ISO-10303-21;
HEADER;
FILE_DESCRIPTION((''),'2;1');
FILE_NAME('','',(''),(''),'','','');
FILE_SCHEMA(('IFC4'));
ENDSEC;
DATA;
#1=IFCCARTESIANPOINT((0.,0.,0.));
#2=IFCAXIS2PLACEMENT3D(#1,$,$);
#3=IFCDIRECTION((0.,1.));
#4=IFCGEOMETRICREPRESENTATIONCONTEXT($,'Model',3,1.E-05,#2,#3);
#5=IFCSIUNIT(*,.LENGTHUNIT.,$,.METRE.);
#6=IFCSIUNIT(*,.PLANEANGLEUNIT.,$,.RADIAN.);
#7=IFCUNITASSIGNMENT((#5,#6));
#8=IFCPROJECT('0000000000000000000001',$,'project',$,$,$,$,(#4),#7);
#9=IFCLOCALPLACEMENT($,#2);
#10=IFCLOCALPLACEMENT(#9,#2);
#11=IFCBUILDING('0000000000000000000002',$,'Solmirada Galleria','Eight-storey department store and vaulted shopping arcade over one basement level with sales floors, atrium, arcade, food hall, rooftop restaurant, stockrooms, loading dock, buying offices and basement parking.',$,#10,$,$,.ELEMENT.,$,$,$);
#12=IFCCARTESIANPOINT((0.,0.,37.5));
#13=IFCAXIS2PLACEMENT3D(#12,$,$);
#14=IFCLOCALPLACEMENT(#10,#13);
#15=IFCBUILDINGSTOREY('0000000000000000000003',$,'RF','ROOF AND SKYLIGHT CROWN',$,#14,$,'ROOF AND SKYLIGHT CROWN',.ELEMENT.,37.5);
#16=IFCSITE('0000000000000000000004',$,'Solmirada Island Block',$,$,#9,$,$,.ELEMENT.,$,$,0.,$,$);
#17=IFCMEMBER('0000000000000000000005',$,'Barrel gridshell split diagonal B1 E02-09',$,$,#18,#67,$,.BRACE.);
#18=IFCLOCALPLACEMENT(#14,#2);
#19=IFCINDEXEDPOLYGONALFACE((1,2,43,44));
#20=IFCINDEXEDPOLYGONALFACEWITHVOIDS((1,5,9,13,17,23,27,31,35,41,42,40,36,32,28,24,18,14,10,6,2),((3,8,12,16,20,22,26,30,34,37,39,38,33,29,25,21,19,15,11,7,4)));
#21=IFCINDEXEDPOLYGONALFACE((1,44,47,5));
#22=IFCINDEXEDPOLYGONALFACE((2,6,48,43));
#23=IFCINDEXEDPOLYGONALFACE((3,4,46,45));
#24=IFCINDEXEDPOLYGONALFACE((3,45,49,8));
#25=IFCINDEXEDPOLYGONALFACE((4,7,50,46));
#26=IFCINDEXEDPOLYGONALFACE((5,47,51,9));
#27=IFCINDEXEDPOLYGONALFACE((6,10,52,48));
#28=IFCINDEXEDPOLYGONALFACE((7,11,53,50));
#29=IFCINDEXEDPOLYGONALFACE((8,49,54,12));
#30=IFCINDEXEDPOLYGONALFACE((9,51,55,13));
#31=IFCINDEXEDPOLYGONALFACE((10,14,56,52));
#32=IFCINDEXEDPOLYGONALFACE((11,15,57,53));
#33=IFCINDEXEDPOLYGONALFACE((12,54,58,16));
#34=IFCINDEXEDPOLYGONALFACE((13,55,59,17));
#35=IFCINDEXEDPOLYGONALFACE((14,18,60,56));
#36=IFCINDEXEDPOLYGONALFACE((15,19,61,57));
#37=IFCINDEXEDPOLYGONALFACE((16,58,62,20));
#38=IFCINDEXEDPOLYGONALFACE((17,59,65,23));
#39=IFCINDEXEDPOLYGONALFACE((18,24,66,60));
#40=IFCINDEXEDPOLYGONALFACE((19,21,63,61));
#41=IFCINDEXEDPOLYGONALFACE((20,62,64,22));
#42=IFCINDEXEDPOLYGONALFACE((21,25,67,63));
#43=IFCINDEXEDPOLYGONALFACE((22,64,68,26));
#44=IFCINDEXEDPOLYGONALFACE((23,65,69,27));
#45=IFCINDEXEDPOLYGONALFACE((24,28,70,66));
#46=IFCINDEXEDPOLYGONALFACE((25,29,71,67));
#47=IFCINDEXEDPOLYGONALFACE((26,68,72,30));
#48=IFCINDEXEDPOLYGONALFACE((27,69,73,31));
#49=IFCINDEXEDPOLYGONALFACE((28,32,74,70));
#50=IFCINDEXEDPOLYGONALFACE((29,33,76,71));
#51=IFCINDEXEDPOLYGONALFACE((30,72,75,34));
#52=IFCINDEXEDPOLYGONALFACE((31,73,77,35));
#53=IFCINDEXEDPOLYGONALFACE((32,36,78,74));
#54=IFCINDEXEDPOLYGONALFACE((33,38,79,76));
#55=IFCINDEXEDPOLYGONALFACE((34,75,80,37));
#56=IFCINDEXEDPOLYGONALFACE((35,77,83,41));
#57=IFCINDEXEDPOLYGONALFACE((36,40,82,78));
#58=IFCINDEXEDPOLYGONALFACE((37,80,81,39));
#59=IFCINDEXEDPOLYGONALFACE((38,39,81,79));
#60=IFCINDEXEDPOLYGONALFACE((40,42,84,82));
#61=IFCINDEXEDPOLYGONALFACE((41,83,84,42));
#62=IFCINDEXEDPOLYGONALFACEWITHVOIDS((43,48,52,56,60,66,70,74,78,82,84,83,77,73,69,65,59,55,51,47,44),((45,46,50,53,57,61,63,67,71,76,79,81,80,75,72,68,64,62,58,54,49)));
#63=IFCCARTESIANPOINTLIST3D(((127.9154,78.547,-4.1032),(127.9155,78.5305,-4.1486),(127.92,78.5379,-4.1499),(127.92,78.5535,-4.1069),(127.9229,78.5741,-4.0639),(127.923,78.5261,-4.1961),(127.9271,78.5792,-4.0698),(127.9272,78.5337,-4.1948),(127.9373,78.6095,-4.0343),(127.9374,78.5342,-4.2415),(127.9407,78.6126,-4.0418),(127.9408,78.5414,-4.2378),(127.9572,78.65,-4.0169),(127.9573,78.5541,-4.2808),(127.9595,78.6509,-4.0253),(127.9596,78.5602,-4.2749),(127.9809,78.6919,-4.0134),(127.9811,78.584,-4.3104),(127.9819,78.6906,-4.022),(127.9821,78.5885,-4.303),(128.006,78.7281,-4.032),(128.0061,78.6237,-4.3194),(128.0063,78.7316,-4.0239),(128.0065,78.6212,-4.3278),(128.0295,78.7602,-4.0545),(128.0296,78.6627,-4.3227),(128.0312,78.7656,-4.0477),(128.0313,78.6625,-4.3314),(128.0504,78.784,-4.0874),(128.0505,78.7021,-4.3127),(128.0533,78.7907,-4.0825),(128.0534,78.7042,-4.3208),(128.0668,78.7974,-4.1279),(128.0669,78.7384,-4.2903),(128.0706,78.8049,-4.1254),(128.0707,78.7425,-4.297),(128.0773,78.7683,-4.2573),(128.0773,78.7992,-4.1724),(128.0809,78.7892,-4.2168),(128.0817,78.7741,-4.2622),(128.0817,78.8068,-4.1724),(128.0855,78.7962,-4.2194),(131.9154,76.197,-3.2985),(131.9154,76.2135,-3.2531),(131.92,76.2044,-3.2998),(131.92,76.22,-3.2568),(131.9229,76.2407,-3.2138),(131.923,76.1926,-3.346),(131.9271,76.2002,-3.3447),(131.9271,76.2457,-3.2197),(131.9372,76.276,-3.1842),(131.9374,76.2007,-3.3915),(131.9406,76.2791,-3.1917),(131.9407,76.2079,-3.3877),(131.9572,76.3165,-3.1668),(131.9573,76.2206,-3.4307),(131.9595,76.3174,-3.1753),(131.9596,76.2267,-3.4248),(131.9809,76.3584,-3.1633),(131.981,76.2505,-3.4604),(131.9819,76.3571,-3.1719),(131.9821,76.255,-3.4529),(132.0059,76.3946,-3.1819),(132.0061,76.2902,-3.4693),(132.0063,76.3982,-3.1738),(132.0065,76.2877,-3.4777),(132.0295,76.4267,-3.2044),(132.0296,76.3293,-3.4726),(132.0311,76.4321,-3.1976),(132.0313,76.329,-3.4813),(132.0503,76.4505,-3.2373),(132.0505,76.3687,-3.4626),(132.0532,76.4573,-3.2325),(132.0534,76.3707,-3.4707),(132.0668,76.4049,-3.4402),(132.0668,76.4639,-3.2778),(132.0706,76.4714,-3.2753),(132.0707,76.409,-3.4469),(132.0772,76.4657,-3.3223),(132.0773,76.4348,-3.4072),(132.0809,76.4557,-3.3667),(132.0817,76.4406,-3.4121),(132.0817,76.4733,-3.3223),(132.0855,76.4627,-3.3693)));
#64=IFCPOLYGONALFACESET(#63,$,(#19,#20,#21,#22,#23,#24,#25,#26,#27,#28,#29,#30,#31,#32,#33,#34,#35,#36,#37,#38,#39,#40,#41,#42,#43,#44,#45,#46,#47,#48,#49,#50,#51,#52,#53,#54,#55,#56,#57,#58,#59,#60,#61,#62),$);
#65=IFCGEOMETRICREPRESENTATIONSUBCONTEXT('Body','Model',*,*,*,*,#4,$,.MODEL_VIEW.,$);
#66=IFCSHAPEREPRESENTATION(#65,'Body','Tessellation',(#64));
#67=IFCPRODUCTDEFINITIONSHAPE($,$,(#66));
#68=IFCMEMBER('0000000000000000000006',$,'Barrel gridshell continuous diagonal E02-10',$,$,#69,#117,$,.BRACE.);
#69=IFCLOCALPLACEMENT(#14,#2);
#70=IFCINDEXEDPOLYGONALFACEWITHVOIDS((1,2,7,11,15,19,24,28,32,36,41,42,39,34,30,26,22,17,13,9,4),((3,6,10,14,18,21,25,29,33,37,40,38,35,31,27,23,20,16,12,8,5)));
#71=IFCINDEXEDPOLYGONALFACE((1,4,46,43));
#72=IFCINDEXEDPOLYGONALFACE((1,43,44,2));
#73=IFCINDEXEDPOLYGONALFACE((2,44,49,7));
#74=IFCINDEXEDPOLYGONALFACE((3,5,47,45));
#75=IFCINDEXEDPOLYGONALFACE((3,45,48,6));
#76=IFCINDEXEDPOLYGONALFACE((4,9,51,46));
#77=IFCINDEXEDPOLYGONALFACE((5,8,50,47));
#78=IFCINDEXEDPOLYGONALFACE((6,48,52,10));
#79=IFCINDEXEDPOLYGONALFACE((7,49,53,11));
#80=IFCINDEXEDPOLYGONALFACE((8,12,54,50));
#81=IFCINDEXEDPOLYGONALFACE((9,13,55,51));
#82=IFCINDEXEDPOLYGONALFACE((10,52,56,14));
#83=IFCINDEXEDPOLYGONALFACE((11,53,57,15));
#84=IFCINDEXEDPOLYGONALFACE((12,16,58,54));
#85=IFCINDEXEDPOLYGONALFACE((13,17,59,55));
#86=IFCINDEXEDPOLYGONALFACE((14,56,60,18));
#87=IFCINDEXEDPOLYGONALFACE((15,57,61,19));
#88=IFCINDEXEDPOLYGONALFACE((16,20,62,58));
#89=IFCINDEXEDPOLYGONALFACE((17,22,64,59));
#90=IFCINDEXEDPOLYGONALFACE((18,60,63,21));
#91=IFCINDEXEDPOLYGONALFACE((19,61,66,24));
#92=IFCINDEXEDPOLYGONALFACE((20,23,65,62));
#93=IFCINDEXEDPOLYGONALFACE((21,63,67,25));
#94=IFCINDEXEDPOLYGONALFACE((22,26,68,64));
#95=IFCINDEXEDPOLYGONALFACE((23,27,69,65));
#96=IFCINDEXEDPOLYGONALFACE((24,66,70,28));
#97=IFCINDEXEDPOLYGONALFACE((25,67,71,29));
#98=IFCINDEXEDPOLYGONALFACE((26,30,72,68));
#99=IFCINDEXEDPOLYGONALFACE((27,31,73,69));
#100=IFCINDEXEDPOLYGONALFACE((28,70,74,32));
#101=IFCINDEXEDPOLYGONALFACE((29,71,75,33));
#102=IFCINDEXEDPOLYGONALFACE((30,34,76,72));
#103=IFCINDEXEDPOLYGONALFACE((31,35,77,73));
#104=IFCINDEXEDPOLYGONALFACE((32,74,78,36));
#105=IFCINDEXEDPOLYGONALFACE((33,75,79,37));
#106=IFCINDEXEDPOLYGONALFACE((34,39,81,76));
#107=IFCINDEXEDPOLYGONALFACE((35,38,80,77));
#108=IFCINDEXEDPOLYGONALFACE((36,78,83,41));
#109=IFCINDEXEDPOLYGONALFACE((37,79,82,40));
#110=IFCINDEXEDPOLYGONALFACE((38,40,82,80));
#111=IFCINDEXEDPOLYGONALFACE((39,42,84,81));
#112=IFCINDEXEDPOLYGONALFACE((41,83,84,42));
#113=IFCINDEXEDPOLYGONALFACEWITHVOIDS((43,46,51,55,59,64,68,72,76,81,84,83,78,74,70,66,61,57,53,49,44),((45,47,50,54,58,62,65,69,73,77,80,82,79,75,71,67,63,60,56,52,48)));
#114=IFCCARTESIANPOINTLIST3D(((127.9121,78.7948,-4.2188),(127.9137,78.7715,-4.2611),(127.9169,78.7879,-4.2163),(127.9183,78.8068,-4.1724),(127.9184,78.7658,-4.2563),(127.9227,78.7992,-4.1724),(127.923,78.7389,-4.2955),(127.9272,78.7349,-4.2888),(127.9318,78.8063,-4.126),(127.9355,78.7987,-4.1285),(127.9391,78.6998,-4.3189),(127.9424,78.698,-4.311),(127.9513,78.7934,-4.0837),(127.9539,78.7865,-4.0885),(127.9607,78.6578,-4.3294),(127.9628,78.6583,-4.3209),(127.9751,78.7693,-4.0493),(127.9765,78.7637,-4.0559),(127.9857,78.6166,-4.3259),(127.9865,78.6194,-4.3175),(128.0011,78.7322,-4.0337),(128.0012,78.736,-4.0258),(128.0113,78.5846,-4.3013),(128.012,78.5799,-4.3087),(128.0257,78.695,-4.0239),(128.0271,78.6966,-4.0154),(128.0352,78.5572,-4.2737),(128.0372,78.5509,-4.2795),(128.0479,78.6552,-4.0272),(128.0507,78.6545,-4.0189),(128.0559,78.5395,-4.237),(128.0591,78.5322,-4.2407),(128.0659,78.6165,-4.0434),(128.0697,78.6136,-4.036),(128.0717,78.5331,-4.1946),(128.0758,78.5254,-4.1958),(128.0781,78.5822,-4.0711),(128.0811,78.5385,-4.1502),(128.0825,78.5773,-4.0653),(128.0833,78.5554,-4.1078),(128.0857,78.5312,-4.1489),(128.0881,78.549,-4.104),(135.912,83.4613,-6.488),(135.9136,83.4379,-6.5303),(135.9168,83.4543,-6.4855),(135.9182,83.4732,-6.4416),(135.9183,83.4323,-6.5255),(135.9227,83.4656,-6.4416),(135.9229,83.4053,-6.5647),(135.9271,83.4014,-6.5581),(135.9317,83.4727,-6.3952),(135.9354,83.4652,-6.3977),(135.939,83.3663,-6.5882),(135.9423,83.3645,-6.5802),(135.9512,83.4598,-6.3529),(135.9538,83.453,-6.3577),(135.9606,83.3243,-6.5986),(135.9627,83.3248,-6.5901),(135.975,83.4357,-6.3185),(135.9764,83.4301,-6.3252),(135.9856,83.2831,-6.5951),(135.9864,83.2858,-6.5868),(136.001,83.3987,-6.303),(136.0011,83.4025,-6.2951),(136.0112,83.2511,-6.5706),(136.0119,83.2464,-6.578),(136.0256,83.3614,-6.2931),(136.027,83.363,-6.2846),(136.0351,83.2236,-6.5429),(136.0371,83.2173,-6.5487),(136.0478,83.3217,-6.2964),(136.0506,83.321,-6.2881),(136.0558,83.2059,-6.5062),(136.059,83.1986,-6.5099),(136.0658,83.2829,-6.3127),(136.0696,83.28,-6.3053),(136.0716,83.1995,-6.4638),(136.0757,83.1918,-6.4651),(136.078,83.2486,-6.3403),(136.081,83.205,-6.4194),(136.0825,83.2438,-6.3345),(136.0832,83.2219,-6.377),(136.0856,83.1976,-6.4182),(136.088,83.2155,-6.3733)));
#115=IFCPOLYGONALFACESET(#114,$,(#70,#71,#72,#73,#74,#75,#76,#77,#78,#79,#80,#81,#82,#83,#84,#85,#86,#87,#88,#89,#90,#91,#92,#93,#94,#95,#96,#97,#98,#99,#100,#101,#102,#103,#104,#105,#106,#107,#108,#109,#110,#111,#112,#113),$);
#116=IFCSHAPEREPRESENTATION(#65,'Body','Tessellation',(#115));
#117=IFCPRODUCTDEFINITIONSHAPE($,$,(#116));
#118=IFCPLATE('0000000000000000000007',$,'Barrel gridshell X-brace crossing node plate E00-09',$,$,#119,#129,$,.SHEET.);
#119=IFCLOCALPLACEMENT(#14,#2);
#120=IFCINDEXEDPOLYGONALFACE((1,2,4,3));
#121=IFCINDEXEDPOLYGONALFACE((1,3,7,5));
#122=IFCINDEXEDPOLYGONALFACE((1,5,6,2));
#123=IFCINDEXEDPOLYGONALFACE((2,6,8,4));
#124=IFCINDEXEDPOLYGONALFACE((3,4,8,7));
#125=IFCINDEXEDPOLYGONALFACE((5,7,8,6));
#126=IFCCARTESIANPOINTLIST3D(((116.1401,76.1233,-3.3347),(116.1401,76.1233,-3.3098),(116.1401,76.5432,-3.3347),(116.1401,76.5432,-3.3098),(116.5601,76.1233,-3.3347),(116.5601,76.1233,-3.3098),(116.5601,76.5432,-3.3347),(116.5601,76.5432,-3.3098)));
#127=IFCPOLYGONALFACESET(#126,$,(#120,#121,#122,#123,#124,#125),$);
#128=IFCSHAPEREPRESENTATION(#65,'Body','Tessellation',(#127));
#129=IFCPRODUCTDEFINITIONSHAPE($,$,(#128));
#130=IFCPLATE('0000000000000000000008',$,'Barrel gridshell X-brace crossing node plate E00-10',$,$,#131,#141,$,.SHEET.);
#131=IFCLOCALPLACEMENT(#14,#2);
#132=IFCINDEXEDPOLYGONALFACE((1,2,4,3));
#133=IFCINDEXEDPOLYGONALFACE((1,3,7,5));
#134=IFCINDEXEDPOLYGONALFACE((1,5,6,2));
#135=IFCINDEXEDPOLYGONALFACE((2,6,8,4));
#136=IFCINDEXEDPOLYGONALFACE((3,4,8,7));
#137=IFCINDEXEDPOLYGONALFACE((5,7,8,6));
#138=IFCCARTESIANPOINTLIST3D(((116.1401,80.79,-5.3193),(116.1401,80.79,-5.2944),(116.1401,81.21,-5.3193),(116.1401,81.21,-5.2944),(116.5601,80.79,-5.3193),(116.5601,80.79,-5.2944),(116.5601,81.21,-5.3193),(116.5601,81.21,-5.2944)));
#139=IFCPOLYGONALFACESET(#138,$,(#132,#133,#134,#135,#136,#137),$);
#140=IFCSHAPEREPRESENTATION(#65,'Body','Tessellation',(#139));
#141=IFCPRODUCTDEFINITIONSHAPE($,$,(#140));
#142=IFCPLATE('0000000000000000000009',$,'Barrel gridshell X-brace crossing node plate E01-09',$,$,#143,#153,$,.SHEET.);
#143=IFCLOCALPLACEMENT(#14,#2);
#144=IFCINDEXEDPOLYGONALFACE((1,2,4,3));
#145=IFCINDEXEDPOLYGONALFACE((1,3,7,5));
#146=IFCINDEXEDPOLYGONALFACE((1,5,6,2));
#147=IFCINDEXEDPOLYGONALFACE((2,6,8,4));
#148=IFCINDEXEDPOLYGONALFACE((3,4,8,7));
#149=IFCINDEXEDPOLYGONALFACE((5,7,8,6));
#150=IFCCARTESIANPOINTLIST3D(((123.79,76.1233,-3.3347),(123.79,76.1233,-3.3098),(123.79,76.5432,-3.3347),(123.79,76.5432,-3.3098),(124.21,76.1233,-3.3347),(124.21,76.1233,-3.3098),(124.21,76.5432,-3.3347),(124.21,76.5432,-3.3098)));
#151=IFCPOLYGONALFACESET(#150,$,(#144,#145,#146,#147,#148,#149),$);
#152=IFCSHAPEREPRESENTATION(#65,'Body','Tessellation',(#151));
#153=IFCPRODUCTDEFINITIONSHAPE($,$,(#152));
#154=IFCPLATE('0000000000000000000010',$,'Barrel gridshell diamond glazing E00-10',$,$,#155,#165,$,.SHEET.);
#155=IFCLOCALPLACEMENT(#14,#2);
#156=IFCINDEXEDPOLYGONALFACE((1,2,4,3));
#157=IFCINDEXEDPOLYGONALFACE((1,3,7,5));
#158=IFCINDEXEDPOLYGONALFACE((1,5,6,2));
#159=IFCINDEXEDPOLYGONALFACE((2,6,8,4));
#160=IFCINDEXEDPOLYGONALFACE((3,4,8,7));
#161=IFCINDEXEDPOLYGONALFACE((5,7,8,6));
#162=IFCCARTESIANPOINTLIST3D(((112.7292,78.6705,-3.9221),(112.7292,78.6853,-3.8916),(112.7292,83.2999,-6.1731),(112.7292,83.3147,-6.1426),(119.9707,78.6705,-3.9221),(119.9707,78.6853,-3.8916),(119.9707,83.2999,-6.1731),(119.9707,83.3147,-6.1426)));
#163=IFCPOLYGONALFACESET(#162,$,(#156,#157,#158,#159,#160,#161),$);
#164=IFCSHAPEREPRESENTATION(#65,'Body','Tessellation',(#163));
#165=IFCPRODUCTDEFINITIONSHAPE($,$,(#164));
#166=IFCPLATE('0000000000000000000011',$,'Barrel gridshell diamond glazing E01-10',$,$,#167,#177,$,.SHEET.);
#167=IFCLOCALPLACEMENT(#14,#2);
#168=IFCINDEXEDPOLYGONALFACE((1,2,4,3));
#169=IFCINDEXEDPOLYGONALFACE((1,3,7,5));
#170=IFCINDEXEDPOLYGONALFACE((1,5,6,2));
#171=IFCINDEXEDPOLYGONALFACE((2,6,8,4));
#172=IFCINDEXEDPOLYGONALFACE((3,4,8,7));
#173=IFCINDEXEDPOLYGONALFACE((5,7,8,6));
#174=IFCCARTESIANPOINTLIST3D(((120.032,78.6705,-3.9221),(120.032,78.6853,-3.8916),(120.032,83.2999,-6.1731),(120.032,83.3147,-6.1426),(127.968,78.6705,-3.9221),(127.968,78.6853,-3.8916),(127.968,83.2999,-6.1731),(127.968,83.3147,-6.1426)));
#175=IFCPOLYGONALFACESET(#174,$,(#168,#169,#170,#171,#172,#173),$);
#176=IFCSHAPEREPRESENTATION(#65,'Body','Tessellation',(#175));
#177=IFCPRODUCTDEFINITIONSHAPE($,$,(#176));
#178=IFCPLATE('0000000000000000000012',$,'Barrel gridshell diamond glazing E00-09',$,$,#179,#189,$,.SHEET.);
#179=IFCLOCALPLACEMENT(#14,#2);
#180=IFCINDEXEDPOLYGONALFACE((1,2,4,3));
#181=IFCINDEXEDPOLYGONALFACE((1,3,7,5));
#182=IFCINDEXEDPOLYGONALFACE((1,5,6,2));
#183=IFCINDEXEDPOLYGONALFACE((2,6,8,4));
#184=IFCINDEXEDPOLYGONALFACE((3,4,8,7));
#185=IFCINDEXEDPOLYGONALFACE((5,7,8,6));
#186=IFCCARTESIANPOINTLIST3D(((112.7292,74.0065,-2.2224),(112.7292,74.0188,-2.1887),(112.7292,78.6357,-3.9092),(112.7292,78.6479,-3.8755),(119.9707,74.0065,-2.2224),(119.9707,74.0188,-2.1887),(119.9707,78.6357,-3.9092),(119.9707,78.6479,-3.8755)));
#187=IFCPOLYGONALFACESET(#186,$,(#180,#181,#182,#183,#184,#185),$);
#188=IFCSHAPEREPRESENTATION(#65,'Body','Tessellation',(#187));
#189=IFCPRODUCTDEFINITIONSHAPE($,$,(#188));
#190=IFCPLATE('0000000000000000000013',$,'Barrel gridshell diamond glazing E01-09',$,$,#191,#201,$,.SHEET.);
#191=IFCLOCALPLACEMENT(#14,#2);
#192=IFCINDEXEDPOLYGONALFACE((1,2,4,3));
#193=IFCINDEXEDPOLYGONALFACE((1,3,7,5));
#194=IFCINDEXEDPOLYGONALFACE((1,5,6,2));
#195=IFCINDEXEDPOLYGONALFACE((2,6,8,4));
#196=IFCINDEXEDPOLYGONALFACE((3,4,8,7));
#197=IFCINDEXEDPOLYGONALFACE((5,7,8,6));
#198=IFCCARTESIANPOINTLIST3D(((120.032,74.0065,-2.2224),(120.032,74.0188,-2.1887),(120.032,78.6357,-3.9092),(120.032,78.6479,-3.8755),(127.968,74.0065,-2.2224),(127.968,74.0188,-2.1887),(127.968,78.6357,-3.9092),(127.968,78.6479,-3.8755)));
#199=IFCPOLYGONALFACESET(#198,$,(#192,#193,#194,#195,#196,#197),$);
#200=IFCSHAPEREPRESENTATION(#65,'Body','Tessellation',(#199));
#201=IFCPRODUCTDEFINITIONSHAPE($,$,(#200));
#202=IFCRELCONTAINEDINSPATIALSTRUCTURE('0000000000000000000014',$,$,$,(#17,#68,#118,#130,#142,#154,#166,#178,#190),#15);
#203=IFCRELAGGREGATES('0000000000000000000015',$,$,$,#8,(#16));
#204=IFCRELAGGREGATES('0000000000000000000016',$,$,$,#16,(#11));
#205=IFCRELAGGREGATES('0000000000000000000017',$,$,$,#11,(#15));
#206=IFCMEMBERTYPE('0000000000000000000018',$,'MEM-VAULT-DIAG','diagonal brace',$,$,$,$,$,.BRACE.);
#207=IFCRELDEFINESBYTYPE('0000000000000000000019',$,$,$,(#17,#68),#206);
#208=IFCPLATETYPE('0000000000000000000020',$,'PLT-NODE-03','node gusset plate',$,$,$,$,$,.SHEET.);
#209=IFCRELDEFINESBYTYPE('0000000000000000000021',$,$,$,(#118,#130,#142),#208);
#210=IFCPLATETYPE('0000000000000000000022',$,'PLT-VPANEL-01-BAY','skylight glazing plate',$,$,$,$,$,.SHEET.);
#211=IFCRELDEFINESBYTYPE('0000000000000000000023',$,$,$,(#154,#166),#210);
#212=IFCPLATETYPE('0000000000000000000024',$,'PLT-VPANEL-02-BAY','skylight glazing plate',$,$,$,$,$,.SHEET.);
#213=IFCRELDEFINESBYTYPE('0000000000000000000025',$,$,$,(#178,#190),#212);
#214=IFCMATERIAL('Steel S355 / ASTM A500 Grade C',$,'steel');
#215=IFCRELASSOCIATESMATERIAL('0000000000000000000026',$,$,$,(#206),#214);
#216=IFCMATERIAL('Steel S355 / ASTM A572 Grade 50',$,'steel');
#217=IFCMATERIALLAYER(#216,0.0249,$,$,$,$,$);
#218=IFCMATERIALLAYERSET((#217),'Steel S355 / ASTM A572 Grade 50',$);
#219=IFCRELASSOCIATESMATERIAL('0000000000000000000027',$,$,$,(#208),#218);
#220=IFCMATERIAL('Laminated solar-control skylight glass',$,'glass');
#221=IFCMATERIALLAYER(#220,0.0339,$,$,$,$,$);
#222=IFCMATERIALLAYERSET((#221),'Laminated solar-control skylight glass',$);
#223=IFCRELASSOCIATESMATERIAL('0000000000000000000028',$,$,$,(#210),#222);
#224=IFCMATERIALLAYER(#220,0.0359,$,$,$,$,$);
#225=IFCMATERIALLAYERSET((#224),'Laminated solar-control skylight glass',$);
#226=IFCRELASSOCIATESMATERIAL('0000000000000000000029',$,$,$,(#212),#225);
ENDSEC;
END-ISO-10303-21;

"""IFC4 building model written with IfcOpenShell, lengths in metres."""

from ifc_helpers import new_model, si_unit, direction, frame, origin, origin_2d, place, context, subcontext, project, spatial, polyline, rectangle, hollow_circle, outline, extrude, material, layer, layer_set, material_profile, profile_set, type_object, element, save


model = new_model("IFC4")

# Units and contexts
model_context = context("Model", 3, precision=1e-05, world=origin(), true_north=direction((0.0, 1.0)))
body_context = subcontext(model_context, "Body", "Model", "MODEL_VIEW")
ifc_project = project(units=[si_unit("LENGTHUNIT", "METRE"), si_unit("PLANEANGLEUNIT", "RADIAN")], contexts=[model_context])

# Site, building, storey
site_placement = place(None, origin())
site = spatial("IfcSite", under=ifc_project, at=site_placement, Name="Solmirada Island Block", CompositionType="ELEMENT", RefElevation=0.0)
building_placement = place(site_placement, origin())
building = spatial("IfcBuilding", under=site, at=building_placement, Name="Solmirada Galleria", Description="Eight-storey department store and vaulted shopping arcade over one basement level with sales floors, atrium, arcade, food hall, rooftop restaurant, stockrooms, loading dock, buying offices and basement parking.", CompositionType="ELEMENT")
storey_placement = place(building_placement, frame((0.0, 0.0, 37.5)))
storey = spatial("IfcBuildingStorey", under=building, at=storey_placement, Name="RF", Description="ROOF AND SKYLIGHT CROWN", LongName="ROOF AND SKYLIGHT CROWN", CompositionType="ELEMENT", Elevation=37.5)

# Members
ifc_material_1 = material(Name="Steel S355 / ASTM A500 Grade C", Category="steel")
ifc_material_profile_1 = material_profile(ifc_material_1, hollow_circle(Radius=0.1621, WallThickness=0.0088, at=origin_2d()), Name="HSS12.750X0.375")
ifc_profile_set_1 = profile_set([ifc_material_profile_1], Name="Steel S355 / ASTM A500 Grade C")
member_type_1 = type_object("IfcMemberType", Name="MEM-VAULT-DIAG", Description="diagonal brace", PredefinedType="BRACE", material=ifc_profile_set_1)
member_1_placement = place(storey_placement, frame((128.0, 78.6667, -4.1724), z_axis=(0.849568, -0.495616, 0.180554), x_axis=(0.503897, 0.863764, 0.0)))
element("IfcMember", 1, at=member_1_placement, inside=storey, type_object=member_type_1, Name="Barrel gridshell split diagonal B1 E02-09", PredefinedType="BRACE", context=body_context, shape_type="SweptSolid", body=[
    extrude(hollow_circle(Radius=0.1621, WallThickness=0.0088, at=origin_2d()), origin(), (0.0, 0.0, 1.0), 4.7083),
])
member_2_placement = place(storey_placement, frame((128.0, 78.6667, -4.1724), z_axis=(0.838969, 0.489382, -0.237983), x_axis=(-0.503858, 0.863787, 0.0)))
element("IfcMember", 2, at=member_2_placement, inside=storey, type_object=member_type_1, Name="Barrel gridshell continuous diagonal E02-10", PredefinedType="BRACE", context=body_context, shape_type="SweptSolid", body=[
    extrude(hollow_circle(Radius=0.1621, WallThickness=0.0088, at=origin_2d()), origin(), (0.0, 0.0, 1.0), 9.5354),
])

# Plates
ifc_material_2 = material(Name="Steel S355 / ASTM A572 Grade 50", Category="steel")
ifc_layer_1 = layer(ifc_material_2, 0.0249)
ifc_layer_set_1 = layer_set([ifc_layer_1], Name="Steel S355 / ASTM A572 Grade 50")
plate_type_1 = type_object("IfcPlateType", Name="PLT-NODE-03", Description="node gusset plate", PredefinedType="SHEET", material=ifc_layer_set_1)
for number, where, z_axis, x_axis, name in (
    (3, (116.3501, 76.3333, -3.3347), (0.0, 0.0, 1.0), (1.0, 0.0, 0.0), "Barrel gridshell X-brace crossing node plate E00-09"),
    (4, (116.3501, 81.0, -5.3193), (0.0, 0.0, 1.0), (1.0, 0.0, 0.0), "Barrel gridshell X-brace crossing node plate E00-10"),
    (5, (124.0, 76.3333, -3.3347), (0.0, 0.0, 1.0), (1.0, 0.0, 0.0), "Barrel gridshell X-brace crossing node plate E01-09"),
):
    element("IfcPlate", number, at=place(storey_placement, frame(where, z_axis=z_axis, x_axis=x_axis)), inside=storey, type_object=plate_type_1, Name=name, PredefinedType="SHEET", context=body_context, shape_type="SweptSolid", body=[
        extrude(rectangle(XDim=0.4199, YDim=0.4199, at=origin_2d()), origin(), (0.0, 0.0, 1.0), 0.0249),
    ])
ifc_material_3 = material(Name="Laminated solar-control skylight glass", Category="glass")
ifc_layer_2 = layer(ifc_material_3, 0.0339)
ifc_layer_set_2 = layer_set([ifc_layer_2], Name="Laminated solar-control skylight glass")
plate_type_2 = type_object("IfcPlateType", Name="PLT-VPANEL-01-BAY", Description="skylight glazing plate", PredefinedType="SHEET", material=ifc_layer_set_2)
plate_1_placement = place(storey_placement, frame((112.7292, 78.6853, -3.8916), z_axis=(0.0, 0.437283, 0.899324), x_axis=(1.0, 0.0, 0.0)))
element("IfcPlate", 6, at=plate_1_placement, inside=storey, type_object=plate_type_2, Name="Barrel gridshell diamond glazing E00-10", PredefinedType="SHEET", context=body_context, shape_type="SweptSolid", body=[
    extrude(outline(polyline([(0.0, 0.0), (7.2415, 0.0), (7.2415, 5.1476), (0.0, 5.1476), (0.0, 0.0)])), origin(), (0.0, 0.0, -1.0), 0.0339),
])
plate_2_placement = place(storey_placement, frame((120.032, 78.6853, -3.8916), z_axis=(0.0, 0.437283, 0.899324), x_axis=(1.0, 0.0, 0.0)))
element("IfcPlate", 7, at=plate_2_placement, inside=storey, type_object=plate_type_2, Name="Barrel gridshell diamond glazing E01-10", PredefinedType="SHEET", context=body_context, shape_type="SweptSolid", body=[
    extrude(outline(polyline([(0.0, 0.0), (7.936, 0.0), (7.936, 5.1476), (0.0, 5.1476), (0.0, 0.0)])), origin(), (0.0, 0.0, -1.0), 0.0339),
])
ifc_layer_3 = layer(ifc_material_3, 0.0359)
ifc_layer_set_3 = layer_set([ifc_layer_3], Name="Laminated solar-control skylight glass")
plate_type_3 = type_object("IfcPlateType", Name="PLT-VPANEL-02-BAY", Description="skylight glazing plate", PredefinedType="SHEET", material=ifc_layer_set_3)
plate_3_placement = place(storey_placement, frame((112.7292, 74.0188, -2.1887), z_axis=(0.0, 0.34236, 0.939569), x_axis=(1.0, 0.0, 0.0)))
element("IfcPlate", 8, at=plate_3_placement, inside=storey, type_object=plate_type_3, Name="Barrel gridshell diamond glazing E00-09", PredefinedType="SHEET", context=body_context, shape_type="SweptSolid", body=[
    extrude(outline(polyline([(0.0, 0.0), (7.2415, 0.0), (7.2415, 4.9269), (0.0, 4.9269), (0.0, 0.0)])), origin(), (0.0, 0.0, -1.0), 0.0359),
])
plate_4_placement = place(storey_placement, frame((120.032, 74.0188, -2.1887), z_axis=(0.0, 0.34236, 0.939569), x_axis=(1.0, 0.0, 0.0)))
element("IfcPlate", 9, at=plate_4_placement, inside=storey, type_object=plate_type_3, Name="Barrel gridshell diamond glazing E01-09", PredefinedType="SHEET", context=body_context, shape_type="SweptSolid", body=[
    extrude(outline(polyline([(0.0, 0.0), (7.936, 0.0), (7.936, 4.9269), (0.0, 4.9269), (0.0, 0.0)])), origin(), (0.0, 0.0, -1.0), 0.0359),
])

save(model, "model.ifc")
